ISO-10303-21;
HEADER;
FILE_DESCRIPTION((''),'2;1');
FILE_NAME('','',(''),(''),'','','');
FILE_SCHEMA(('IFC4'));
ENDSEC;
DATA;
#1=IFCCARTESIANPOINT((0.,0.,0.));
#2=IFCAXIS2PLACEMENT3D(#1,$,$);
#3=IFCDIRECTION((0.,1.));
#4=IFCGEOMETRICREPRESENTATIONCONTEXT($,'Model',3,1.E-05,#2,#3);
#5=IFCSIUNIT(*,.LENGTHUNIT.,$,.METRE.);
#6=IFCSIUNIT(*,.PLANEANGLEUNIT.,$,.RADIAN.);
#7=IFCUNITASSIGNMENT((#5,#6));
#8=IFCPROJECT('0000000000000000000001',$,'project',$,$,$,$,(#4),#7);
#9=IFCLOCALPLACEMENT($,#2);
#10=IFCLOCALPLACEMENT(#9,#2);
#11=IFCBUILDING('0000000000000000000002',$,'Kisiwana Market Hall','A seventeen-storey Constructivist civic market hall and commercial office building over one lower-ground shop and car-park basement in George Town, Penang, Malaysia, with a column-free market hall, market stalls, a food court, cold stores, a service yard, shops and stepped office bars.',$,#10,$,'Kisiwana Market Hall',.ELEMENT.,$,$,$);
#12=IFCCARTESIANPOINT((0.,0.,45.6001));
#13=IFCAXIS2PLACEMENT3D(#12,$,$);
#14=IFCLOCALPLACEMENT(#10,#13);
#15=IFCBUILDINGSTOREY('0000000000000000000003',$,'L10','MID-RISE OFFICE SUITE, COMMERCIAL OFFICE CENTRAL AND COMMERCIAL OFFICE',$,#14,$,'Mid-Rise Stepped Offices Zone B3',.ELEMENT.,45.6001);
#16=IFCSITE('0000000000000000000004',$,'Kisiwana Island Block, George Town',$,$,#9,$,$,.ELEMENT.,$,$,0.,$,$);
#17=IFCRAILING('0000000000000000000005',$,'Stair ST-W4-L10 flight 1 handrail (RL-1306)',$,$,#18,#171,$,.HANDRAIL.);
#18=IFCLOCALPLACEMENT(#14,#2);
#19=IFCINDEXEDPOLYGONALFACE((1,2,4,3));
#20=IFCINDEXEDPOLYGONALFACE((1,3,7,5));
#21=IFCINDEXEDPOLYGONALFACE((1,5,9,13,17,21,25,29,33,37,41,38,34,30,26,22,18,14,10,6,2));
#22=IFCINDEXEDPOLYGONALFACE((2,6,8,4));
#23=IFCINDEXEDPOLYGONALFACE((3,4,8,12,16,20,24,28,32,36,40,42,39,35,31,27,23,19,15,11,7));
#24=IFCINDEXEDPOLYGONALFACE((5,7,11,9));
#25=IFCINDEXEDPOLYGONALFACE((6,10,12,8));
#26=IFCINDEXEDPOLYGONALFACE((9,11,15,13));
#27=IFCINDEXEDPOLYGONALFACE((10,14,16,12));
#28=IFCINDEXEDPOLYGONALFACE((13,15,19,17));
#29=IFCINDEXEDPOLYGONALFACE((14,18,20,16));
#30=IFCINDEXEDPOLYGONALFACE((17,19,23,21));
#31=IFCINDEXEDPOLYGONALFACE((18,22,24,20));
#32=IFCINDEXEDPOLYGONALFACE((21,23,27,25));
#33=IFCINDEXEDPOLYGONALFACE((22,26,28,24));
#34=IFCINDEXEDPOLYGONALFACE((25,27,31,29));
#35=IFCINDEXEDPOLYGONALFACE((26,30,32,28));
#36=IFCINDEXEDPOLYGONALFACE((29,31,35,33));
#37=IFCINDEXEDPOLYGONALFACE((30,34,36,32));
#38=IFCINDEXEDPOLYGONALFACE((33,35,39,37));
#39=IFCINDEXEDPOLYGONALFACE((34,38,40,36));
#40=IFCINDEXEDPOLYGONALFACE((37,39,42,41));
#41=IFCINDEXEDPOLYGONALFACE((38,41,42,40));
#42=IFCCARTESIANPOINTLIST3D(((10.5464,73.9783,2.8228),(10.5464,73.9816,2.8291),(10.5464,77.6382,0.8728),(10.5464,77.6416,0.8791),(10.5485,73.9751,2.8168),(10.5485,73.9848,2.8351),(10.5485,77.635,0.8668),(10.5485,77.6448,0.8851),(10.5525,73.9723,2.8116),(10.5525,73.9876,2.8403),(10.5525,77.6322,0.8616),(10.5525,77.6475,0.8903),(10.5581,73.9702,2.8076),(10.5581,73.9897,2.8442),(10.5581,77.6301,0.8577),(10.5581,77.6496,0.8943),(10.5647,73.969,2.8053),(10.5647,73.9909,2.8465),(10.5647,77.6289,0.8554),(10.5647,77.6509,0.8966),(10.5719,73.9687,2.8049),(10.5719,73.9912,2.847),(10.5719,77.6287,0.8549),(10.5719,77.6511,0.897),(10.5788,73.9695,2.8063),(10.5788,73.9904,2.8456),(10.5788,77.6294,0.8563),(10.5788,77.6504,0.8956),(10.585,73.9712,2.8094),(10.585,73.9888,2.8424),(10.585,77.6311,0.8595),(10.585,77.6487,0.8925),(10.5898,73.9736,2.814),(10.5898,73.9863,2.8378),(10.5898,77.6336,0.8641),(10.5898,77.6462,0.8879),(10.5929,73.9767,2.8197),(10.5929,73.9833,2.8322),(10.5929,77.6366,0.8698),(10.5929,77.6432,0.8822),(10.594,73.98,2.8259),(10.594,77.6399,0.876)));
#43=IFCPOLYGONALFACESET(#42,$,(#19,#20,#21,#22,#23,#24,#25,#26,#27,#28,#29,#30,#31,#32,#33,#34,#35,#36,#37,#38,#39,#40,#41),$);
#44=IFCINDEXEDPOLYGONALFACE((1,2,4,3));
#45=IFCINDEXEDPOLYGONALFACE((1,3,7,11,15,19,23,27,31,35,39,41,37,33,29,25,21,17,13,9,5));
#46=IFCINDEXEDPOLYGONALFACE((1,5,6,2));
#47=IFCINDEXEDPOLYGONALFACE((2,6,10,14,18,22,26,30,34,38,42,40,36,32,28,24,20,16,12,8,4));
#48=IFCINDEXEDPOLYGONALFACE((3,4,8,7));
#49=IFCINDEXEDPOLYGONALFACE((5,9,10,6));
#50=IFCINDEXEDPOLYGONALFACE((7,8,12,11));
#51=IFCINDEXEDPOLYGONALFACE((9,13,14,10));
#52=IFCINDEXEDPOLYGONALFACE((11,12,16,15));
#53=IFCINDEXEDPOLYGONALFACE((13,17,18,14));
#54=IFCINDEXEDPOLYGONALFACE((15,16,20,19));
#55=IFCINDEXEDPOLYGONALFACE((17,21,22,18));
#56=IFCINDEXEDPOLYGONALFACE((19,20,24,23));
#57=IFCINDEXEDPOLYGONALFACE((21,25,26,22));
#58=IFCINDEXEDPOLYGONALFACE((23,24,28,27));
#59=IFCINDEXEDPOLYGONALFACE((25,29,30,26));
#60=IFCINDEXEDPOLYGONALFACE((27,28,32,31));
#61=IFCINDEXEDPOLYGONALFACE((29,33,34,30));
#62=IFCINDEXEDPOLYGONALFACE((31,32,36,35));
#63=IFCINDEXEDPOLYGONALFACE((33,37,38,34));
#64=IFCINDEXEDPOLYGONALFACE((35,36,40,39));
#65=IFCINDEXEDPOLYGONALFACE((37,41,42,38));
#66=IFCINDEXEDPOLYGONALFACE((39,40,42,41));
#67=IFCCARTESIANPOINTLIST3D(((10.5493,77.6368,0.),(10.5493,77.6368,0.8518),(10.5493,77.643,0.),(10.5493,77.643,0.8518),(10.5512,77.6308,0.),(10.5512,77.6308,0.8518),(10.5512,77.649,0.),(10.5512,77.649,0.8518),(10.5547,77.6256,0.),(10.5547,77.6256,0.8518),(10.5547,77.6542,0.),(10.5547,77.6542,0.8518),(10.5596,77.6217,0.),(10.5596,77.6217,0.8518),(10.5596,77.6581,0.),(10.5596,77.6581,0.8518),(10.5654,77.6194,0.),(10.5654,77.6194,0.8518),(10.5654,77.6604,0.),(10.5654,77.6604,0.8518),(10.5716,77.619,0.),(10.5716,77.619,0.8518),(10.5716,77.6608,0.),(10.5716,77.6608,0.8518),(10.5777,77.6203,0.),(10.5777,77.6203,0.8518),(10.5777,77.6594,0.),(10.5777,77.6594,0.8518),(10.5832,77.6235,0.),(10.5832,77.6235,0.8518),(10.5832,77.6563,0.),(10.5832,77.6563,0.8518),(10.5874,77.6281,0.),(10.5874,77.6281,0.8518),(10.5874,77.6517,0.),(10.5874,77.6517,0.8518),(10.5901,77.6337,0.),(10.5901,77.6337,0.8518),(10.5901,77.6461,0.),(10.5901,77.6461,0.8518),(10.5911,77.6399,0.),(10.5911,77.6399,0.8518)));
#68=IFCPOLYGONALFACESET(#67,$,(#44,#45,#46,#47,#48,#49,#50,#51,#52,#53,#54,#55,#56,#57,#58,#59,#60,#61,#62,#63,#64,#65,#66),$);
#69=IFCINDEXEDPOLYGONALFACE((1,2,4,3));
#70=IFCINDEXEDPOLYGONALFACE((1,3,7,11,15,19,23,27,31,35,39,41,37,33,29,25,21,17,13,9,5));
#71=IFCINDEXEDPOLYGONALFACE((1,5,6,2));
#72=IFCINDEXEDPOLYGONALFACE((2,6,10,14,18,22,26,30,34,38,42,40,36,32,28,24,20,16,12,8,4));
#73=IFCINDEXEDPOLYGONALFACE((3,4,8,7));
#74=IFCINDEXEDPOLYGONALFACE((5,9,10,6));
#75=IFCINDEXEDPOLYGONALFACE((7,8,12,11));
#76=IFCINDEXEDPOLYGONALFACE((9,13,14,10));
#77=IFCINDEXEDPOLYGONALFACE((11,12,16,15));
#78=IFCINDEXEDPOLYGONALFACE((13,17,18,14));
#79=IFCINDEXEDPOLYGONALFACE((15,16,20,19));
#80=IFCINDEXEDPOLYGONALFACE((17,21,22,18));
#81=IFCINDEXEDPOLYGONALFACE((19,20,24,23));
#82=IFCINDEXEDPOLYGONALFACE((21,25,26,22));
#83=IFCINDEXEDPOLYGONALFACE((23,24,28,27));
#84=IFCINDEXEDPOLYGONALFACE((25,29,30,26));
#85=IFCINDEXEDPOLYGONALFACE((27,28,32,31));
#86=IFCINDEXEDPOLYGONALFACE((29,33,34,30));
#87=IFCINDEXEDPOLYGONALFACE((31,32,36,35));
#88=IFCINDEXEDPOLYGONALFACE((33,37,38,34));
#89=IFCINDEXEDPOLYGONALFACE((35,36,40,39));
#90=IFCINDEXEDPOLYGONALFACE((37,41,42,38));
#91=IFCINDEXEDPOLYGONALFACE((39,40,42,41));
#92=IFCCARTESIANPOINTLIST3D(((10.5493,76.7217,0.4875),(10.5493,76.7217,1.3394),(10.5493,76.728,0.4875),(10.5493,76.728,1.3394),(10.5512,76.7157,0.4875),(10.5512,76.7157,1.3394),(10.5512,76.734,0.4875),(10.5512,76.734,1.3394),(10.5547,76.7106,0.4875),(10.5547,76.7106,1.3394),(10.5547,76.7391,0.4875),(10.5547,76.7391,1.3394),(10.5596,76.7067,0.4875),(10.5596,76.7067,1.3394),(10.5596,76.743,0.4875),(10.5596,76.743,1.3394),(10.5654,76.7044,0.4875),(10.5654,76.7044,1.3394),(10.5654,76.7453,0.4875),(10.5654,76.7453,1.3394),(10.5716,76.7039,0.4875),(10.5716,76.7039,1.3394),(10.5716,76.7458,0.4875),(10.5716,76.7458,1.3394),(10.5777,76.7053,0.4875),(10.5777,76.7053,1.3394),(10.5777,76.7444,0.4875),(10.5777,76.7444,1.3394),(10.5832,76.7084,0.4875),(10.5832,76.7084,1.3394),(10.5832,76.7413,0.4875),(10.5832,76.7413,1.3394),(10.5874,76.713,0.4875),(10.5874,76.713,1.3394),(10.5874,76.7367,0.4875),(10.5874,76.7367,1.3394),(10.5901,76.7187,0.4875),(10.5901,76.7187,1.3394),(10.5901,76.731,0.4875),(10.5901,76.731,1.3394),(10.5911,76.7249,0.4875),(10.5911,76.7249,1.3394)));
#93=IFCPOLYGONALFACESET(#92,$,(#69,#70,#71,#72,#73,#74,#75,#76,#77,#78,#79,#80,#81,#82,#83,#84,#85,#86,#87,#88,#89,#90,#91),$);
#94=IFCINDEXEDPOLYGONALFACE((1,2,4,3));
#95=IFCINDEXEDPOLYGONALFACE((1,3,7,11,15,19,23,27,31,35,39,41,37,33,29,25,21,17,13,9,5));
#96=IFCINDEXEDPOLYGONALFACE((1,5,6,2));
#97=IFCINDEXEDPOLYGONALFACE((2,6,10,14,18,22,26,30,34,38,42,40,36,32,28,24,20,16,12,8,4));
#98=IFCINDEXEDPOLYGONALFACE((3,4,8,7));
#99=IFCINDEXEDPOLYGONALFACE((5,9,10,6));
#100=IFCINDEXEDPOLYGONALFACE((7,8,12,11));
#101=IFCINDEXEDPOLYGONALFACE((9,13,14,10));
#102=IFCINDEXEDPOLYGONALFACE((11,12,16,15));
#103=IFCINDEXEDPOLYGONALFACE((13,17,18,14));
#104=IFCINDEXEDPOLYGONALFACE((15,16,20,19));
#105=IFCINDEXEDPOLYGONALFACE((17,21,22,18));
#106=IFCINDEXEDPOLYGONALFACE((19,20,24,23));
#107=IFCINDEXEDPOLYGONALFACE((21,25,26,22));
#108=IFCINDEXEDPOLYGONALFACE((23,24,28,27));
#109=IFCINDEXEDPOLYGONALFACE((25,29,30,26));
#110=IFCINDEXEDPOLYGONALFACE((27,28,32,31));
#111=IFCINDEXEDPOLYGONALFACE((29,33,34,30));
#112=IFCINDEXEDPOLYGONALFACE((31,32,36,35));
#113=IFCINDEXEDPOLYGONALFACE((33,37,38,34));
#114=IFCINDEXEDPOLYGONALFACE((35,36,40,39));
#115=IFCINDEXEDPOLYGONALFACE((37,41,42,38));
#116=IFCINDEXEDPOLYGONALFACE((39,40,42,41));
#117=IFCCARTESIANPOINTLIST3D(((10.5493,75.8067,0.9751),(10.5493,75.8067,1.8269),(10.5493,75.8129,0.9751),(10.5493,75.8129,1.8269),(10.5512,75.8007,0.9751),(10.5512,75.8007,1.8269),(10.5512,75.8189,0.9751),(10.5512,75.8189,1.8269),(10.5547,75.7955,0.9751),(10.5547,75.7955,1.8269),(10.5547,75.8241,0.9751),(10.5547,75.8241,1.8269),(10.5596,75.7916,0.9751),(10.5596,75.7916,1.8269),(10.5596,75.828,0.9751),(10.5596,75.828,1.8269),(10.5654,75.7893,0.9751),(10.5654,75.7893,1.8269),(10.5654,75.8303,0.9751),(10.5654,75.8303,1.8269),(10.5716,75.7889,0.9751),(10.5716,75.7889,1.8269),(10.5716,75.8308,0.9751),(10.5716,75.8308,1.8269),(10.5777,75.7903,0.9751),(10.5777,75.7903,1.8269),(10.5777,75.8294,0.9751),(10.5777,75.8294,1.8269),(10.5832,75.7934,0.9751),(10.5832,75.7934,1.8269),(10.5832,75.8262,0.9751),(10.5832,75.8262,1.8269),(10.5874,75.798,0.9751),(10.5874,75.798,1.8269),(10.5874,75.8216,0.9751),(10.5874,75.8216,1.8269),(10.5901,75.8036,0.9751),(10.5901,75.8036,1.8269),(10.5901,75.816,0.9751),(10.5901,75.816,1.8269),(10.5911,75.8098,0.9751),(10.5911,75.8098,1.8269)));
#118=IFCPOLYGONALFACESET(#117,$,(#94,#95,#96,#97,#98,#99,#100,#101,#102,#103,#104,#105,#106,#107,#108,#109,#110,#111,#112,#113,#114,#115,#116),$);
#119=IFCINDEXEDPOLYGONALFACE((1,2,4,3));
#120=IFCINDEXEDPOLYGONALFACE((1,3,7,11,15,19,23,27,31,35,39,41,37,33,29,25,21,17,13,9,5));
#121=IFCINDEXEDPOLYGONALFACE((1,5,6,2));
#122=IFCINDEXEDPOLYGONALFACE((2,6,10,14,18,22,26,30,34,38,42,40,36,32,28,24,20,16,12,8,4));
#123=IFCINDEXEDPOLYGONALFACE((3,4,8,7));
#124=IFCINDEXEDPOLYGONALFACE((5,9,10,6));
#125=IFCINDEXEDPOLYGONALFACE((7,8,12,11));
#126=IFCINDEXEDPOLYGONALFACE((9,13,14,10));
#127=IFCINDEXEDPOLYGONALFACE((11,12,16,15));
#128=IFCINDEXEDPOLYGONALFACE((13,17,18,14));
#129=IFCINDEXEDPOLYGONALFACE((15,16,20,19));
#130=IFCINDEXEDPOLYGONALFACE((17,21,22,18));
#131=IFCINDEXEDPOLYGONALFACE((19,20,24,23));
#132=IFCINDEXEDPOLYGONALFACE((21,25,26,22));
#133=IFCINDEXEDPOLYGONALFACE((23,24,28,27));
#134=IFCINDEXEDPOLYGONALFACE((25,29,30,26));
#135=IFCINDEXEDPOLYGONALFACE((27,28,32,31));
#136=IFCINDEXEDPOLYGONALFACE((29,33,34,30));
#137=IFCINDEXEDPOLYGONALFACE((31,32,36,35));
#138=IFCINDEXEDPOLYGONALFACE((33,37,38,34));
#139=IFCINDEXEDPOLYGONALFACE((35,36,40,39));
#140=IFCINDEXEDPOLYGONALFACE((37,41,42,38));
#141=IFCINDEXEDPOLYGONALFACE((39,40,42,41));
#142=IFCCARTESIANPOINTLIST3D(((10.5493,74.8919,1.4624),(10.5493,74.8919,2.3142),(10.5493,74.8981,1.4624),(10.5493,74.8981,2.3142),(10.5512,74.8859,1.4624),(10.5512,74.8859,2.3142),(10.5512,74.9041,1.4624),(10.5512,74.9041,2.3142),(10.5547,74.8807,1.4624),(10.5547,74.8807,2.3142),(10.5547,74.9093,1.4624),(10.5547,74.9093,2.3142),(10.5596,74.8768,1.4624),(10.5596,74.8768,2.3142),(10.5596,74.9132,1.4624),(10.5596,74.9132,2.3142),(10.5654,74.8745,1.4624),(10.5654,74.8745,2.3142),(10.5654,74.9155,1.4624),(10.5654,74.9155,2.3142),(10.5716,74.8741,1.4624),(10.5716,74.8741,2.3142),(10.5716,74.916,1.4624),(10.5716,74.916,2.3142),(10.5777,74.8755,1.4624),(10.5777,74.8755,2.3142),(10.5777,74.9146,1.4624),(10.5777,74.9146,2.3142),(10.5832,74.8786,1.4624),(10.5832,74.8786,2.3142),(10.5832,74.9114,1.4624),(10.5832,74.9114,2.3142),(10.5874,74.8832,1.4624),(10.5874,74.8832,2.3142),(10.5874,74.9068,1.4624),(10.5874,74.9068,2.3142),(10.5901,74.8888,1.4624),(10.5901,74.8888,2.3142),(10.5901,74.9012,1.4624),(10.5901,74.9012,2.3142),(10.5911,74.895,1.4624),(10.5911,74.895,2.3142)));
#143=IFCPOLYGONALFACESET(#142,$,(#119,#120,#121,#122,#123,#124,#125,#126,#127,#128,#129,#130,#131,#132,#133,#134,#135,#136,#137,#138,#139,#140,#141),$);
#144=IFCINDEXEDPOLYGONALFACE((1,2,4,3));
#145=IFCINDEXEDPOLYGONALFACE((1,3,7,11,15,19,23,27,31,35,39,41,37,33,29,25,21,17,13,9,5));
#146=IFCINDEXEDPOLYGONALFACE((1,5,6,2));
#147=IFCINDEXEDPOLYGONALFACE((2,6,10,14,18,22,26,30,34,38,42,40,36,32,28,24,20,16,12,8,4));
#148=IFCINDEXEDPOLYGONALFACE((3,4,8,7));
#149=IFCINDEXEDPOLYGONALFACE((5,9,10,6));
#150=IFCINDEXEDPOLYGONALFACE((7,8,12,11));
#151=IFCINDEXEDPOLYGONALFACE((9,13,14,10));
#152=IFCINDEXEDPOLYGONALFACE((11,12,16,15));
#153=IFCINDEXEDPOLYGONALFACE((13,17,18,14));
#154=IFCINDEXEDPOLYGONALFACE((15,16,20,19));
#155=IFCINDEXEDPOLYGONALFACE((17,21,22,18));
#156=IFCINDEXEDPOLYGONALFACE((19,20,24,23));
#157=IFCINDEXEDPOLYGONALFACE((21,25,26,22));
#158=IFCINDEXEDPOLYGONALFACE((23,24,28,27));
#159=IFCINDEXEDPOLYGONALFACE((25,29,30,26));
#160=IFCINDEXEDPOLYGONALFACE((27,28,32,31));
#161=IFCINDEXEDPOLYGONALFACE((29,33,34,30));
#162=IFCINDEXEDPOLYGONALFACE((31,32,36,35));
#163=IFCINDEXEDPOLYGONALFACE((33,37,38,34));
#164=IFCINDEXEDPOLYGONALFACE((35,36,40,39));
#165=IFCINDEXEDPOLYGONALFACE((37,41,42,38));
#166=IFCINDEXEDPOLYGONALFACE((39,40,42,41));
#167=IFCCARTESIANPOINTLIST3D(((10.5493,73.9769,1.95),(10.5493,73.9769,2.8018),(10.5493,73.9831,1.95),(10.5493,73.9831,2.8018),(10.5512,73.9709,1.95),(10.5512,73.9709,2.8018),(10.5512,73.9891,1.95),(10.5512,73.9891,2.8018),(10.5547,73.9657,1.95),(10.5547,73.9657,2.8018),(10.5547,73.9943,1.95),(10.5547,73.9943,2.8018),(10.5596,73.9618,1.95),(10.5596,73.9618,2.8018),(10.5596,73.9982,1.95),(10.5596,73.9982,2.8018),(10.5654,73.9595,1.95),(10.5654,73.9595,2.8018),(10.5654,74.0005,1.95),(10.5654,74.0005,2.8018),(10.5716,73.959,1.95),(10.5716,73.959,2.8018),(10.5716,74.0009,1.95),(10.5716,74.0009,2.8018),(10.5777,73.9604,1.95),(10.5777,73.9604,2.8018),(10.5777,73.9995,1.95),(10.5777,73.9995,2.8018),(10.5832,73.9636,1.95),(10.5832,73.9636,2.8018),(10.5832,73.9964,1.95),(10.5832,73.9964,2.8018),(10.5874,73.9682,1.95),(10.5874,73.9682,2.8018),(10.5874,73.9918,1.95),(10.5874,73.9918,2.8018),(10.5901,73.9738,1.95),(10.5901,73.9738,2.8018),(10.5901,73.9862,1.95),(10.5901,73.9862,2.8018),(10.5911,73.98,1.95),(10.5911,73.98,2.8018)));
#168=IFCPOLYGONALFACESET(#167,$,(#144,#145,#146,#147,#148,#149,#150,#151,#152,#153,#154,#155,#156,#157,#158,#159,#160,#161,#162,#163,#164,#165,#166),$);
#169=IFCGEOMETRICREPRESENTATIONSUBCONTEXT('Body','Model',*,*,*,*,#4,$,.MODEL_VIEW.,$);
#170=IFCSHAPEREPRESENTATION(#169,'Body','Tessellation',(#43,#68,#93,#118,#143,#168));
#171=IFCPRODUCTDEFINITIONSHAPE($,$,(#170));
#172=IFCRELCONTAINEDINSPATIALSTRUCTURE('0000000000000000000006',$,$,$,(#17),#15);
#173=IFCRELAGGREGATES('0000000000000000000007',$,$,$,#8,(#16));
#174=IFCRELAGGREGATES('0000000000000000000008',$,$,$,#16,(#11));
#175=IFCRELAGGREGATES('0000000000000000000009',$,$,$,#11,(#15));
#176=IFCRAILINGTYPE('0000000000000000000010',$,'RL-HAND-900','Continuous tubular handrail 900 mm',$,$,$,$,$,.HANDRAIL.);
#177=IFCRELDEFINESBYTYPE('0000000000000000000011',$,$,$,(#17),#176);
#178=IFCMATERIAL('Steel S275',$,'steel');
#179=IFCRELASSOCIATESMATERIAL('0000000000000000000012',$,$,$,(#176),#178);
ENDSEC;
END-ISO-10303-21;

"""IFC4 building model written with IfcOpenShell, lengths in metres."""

from ifc_helpers import new_model, si_unit, direction, frame, origin, origin_2d, place, context, subcontext, project, spatial, circle, extrude, material, type_object, element, save


model = new_model("IFC4")

# Units and contexts
model_context = context("Model", 3, precision=1e-05, world=origin(), true_north=direction((0.0, 1.0)))
body_context = subcontext(model_context, "Body", "Model", "MODEL_VIEW")
ifc_project = project(units=[si_unit("LENGTHUNIT", "METRE"), si_unit("PLANEANGLEUNIT", "RADIAN")], contexts=[model_context])

# Site, building, storey
site_placement = place(None, origin())
site = spatial("IfcSite", under=ifc_project, at=site_placement, Name="Kisiwana Island Block, George Town", CompositionType="ELEMENT", RefElevation=0.0)
building_placement = place(site_placement, origin())
building = spatial("IfcBuilding", under=site, at=building_placement, Name="Kisiwana Market Hall", Description="A seventeen-storey Constructivist civic market hall and commercial office building over one lower-ground shop and car-park basement in George Town, Penang, Malaysia, with a column-free market hall, market stalls, a food court, cold stores, a service yard, shops and stepped office bars.", LongName="Kisiwana Market Hall", CompositionType="ELEMENT")
storey_placement = place(building_placement, frame((0.0, 0.0, 45.6001)))
storey = spatial("IfcBuildingStorey", under=building, at=storey_placement, Name="L10", Description="MID-RISE OFFICE SUITE, COMMERCIAL OFFICE CENTRAL AND COMMERCIAL OFFICE", LongName="Mid-Rise Stepped Offices Zone B3", CompositionType="ELEMENT", Elevation=45.6001)

# Railing
ifc_material_1 = material(Name="Steel S275", Category="steel")
railing_type_1 = type_object("IfcRailingType", Name="RL-HAND-900", Description="Continuous tubular handrail 900 mm", PredefinedType="HANDRAIL", material=ifc_material_1)
for number, where, name in (
    (1, (10.5701, 77.6399, 0.0), "Stair ST-W4-L10 flight 1 handrail (RL-1306)"),
):
    element("IfcRailing", number, at=place(storey_placement, frame(where)), inside=storey, type_object=railing_type_1, Name=name, PredefinedType="HANDRAIL", context=body_context, shape_type="SweptSolid", body=[
        extrude(circle(Radius=0.0239, at=origin_2d()), frame((0.0, 0.0, 0.876), z_axis=(0.0, -0.882553, 0.470212), x_axis=(1.0, 0.0, 0.0)), (0.0, 0.0, 1.0), 4.147),
        extrude(circle(Radius=0.021, at=origin_2d()), origin(), (0.0, 0.0, 1.0), 0.8518),
        extrude(circle(Radius=0.021, at=origin_2d()), frame((0.0, -0.915, 0.4875)), (0.0, 0.0, 1.0), 0.8518),
        extrude(circle(Radius=0.021, at=origin_2d()), frame((0.0, -1.8301, 0.9751)), (0.0, 0.0, 1.0), 0.8518),
        extrude(circle(Radius=0.021, at=origin_2d()), frame((0.0, -2.7449, 1.4624)), (0.0, 0.0, 1.0), 0.8518),
        extrude(circle(Radius=0.021, at=origin_2d()), frame((0.0, -3.6599, 1.95)), (0.0, 0.0, 1.0), 0.8518),
    ])

save(model, "model.ifc")
